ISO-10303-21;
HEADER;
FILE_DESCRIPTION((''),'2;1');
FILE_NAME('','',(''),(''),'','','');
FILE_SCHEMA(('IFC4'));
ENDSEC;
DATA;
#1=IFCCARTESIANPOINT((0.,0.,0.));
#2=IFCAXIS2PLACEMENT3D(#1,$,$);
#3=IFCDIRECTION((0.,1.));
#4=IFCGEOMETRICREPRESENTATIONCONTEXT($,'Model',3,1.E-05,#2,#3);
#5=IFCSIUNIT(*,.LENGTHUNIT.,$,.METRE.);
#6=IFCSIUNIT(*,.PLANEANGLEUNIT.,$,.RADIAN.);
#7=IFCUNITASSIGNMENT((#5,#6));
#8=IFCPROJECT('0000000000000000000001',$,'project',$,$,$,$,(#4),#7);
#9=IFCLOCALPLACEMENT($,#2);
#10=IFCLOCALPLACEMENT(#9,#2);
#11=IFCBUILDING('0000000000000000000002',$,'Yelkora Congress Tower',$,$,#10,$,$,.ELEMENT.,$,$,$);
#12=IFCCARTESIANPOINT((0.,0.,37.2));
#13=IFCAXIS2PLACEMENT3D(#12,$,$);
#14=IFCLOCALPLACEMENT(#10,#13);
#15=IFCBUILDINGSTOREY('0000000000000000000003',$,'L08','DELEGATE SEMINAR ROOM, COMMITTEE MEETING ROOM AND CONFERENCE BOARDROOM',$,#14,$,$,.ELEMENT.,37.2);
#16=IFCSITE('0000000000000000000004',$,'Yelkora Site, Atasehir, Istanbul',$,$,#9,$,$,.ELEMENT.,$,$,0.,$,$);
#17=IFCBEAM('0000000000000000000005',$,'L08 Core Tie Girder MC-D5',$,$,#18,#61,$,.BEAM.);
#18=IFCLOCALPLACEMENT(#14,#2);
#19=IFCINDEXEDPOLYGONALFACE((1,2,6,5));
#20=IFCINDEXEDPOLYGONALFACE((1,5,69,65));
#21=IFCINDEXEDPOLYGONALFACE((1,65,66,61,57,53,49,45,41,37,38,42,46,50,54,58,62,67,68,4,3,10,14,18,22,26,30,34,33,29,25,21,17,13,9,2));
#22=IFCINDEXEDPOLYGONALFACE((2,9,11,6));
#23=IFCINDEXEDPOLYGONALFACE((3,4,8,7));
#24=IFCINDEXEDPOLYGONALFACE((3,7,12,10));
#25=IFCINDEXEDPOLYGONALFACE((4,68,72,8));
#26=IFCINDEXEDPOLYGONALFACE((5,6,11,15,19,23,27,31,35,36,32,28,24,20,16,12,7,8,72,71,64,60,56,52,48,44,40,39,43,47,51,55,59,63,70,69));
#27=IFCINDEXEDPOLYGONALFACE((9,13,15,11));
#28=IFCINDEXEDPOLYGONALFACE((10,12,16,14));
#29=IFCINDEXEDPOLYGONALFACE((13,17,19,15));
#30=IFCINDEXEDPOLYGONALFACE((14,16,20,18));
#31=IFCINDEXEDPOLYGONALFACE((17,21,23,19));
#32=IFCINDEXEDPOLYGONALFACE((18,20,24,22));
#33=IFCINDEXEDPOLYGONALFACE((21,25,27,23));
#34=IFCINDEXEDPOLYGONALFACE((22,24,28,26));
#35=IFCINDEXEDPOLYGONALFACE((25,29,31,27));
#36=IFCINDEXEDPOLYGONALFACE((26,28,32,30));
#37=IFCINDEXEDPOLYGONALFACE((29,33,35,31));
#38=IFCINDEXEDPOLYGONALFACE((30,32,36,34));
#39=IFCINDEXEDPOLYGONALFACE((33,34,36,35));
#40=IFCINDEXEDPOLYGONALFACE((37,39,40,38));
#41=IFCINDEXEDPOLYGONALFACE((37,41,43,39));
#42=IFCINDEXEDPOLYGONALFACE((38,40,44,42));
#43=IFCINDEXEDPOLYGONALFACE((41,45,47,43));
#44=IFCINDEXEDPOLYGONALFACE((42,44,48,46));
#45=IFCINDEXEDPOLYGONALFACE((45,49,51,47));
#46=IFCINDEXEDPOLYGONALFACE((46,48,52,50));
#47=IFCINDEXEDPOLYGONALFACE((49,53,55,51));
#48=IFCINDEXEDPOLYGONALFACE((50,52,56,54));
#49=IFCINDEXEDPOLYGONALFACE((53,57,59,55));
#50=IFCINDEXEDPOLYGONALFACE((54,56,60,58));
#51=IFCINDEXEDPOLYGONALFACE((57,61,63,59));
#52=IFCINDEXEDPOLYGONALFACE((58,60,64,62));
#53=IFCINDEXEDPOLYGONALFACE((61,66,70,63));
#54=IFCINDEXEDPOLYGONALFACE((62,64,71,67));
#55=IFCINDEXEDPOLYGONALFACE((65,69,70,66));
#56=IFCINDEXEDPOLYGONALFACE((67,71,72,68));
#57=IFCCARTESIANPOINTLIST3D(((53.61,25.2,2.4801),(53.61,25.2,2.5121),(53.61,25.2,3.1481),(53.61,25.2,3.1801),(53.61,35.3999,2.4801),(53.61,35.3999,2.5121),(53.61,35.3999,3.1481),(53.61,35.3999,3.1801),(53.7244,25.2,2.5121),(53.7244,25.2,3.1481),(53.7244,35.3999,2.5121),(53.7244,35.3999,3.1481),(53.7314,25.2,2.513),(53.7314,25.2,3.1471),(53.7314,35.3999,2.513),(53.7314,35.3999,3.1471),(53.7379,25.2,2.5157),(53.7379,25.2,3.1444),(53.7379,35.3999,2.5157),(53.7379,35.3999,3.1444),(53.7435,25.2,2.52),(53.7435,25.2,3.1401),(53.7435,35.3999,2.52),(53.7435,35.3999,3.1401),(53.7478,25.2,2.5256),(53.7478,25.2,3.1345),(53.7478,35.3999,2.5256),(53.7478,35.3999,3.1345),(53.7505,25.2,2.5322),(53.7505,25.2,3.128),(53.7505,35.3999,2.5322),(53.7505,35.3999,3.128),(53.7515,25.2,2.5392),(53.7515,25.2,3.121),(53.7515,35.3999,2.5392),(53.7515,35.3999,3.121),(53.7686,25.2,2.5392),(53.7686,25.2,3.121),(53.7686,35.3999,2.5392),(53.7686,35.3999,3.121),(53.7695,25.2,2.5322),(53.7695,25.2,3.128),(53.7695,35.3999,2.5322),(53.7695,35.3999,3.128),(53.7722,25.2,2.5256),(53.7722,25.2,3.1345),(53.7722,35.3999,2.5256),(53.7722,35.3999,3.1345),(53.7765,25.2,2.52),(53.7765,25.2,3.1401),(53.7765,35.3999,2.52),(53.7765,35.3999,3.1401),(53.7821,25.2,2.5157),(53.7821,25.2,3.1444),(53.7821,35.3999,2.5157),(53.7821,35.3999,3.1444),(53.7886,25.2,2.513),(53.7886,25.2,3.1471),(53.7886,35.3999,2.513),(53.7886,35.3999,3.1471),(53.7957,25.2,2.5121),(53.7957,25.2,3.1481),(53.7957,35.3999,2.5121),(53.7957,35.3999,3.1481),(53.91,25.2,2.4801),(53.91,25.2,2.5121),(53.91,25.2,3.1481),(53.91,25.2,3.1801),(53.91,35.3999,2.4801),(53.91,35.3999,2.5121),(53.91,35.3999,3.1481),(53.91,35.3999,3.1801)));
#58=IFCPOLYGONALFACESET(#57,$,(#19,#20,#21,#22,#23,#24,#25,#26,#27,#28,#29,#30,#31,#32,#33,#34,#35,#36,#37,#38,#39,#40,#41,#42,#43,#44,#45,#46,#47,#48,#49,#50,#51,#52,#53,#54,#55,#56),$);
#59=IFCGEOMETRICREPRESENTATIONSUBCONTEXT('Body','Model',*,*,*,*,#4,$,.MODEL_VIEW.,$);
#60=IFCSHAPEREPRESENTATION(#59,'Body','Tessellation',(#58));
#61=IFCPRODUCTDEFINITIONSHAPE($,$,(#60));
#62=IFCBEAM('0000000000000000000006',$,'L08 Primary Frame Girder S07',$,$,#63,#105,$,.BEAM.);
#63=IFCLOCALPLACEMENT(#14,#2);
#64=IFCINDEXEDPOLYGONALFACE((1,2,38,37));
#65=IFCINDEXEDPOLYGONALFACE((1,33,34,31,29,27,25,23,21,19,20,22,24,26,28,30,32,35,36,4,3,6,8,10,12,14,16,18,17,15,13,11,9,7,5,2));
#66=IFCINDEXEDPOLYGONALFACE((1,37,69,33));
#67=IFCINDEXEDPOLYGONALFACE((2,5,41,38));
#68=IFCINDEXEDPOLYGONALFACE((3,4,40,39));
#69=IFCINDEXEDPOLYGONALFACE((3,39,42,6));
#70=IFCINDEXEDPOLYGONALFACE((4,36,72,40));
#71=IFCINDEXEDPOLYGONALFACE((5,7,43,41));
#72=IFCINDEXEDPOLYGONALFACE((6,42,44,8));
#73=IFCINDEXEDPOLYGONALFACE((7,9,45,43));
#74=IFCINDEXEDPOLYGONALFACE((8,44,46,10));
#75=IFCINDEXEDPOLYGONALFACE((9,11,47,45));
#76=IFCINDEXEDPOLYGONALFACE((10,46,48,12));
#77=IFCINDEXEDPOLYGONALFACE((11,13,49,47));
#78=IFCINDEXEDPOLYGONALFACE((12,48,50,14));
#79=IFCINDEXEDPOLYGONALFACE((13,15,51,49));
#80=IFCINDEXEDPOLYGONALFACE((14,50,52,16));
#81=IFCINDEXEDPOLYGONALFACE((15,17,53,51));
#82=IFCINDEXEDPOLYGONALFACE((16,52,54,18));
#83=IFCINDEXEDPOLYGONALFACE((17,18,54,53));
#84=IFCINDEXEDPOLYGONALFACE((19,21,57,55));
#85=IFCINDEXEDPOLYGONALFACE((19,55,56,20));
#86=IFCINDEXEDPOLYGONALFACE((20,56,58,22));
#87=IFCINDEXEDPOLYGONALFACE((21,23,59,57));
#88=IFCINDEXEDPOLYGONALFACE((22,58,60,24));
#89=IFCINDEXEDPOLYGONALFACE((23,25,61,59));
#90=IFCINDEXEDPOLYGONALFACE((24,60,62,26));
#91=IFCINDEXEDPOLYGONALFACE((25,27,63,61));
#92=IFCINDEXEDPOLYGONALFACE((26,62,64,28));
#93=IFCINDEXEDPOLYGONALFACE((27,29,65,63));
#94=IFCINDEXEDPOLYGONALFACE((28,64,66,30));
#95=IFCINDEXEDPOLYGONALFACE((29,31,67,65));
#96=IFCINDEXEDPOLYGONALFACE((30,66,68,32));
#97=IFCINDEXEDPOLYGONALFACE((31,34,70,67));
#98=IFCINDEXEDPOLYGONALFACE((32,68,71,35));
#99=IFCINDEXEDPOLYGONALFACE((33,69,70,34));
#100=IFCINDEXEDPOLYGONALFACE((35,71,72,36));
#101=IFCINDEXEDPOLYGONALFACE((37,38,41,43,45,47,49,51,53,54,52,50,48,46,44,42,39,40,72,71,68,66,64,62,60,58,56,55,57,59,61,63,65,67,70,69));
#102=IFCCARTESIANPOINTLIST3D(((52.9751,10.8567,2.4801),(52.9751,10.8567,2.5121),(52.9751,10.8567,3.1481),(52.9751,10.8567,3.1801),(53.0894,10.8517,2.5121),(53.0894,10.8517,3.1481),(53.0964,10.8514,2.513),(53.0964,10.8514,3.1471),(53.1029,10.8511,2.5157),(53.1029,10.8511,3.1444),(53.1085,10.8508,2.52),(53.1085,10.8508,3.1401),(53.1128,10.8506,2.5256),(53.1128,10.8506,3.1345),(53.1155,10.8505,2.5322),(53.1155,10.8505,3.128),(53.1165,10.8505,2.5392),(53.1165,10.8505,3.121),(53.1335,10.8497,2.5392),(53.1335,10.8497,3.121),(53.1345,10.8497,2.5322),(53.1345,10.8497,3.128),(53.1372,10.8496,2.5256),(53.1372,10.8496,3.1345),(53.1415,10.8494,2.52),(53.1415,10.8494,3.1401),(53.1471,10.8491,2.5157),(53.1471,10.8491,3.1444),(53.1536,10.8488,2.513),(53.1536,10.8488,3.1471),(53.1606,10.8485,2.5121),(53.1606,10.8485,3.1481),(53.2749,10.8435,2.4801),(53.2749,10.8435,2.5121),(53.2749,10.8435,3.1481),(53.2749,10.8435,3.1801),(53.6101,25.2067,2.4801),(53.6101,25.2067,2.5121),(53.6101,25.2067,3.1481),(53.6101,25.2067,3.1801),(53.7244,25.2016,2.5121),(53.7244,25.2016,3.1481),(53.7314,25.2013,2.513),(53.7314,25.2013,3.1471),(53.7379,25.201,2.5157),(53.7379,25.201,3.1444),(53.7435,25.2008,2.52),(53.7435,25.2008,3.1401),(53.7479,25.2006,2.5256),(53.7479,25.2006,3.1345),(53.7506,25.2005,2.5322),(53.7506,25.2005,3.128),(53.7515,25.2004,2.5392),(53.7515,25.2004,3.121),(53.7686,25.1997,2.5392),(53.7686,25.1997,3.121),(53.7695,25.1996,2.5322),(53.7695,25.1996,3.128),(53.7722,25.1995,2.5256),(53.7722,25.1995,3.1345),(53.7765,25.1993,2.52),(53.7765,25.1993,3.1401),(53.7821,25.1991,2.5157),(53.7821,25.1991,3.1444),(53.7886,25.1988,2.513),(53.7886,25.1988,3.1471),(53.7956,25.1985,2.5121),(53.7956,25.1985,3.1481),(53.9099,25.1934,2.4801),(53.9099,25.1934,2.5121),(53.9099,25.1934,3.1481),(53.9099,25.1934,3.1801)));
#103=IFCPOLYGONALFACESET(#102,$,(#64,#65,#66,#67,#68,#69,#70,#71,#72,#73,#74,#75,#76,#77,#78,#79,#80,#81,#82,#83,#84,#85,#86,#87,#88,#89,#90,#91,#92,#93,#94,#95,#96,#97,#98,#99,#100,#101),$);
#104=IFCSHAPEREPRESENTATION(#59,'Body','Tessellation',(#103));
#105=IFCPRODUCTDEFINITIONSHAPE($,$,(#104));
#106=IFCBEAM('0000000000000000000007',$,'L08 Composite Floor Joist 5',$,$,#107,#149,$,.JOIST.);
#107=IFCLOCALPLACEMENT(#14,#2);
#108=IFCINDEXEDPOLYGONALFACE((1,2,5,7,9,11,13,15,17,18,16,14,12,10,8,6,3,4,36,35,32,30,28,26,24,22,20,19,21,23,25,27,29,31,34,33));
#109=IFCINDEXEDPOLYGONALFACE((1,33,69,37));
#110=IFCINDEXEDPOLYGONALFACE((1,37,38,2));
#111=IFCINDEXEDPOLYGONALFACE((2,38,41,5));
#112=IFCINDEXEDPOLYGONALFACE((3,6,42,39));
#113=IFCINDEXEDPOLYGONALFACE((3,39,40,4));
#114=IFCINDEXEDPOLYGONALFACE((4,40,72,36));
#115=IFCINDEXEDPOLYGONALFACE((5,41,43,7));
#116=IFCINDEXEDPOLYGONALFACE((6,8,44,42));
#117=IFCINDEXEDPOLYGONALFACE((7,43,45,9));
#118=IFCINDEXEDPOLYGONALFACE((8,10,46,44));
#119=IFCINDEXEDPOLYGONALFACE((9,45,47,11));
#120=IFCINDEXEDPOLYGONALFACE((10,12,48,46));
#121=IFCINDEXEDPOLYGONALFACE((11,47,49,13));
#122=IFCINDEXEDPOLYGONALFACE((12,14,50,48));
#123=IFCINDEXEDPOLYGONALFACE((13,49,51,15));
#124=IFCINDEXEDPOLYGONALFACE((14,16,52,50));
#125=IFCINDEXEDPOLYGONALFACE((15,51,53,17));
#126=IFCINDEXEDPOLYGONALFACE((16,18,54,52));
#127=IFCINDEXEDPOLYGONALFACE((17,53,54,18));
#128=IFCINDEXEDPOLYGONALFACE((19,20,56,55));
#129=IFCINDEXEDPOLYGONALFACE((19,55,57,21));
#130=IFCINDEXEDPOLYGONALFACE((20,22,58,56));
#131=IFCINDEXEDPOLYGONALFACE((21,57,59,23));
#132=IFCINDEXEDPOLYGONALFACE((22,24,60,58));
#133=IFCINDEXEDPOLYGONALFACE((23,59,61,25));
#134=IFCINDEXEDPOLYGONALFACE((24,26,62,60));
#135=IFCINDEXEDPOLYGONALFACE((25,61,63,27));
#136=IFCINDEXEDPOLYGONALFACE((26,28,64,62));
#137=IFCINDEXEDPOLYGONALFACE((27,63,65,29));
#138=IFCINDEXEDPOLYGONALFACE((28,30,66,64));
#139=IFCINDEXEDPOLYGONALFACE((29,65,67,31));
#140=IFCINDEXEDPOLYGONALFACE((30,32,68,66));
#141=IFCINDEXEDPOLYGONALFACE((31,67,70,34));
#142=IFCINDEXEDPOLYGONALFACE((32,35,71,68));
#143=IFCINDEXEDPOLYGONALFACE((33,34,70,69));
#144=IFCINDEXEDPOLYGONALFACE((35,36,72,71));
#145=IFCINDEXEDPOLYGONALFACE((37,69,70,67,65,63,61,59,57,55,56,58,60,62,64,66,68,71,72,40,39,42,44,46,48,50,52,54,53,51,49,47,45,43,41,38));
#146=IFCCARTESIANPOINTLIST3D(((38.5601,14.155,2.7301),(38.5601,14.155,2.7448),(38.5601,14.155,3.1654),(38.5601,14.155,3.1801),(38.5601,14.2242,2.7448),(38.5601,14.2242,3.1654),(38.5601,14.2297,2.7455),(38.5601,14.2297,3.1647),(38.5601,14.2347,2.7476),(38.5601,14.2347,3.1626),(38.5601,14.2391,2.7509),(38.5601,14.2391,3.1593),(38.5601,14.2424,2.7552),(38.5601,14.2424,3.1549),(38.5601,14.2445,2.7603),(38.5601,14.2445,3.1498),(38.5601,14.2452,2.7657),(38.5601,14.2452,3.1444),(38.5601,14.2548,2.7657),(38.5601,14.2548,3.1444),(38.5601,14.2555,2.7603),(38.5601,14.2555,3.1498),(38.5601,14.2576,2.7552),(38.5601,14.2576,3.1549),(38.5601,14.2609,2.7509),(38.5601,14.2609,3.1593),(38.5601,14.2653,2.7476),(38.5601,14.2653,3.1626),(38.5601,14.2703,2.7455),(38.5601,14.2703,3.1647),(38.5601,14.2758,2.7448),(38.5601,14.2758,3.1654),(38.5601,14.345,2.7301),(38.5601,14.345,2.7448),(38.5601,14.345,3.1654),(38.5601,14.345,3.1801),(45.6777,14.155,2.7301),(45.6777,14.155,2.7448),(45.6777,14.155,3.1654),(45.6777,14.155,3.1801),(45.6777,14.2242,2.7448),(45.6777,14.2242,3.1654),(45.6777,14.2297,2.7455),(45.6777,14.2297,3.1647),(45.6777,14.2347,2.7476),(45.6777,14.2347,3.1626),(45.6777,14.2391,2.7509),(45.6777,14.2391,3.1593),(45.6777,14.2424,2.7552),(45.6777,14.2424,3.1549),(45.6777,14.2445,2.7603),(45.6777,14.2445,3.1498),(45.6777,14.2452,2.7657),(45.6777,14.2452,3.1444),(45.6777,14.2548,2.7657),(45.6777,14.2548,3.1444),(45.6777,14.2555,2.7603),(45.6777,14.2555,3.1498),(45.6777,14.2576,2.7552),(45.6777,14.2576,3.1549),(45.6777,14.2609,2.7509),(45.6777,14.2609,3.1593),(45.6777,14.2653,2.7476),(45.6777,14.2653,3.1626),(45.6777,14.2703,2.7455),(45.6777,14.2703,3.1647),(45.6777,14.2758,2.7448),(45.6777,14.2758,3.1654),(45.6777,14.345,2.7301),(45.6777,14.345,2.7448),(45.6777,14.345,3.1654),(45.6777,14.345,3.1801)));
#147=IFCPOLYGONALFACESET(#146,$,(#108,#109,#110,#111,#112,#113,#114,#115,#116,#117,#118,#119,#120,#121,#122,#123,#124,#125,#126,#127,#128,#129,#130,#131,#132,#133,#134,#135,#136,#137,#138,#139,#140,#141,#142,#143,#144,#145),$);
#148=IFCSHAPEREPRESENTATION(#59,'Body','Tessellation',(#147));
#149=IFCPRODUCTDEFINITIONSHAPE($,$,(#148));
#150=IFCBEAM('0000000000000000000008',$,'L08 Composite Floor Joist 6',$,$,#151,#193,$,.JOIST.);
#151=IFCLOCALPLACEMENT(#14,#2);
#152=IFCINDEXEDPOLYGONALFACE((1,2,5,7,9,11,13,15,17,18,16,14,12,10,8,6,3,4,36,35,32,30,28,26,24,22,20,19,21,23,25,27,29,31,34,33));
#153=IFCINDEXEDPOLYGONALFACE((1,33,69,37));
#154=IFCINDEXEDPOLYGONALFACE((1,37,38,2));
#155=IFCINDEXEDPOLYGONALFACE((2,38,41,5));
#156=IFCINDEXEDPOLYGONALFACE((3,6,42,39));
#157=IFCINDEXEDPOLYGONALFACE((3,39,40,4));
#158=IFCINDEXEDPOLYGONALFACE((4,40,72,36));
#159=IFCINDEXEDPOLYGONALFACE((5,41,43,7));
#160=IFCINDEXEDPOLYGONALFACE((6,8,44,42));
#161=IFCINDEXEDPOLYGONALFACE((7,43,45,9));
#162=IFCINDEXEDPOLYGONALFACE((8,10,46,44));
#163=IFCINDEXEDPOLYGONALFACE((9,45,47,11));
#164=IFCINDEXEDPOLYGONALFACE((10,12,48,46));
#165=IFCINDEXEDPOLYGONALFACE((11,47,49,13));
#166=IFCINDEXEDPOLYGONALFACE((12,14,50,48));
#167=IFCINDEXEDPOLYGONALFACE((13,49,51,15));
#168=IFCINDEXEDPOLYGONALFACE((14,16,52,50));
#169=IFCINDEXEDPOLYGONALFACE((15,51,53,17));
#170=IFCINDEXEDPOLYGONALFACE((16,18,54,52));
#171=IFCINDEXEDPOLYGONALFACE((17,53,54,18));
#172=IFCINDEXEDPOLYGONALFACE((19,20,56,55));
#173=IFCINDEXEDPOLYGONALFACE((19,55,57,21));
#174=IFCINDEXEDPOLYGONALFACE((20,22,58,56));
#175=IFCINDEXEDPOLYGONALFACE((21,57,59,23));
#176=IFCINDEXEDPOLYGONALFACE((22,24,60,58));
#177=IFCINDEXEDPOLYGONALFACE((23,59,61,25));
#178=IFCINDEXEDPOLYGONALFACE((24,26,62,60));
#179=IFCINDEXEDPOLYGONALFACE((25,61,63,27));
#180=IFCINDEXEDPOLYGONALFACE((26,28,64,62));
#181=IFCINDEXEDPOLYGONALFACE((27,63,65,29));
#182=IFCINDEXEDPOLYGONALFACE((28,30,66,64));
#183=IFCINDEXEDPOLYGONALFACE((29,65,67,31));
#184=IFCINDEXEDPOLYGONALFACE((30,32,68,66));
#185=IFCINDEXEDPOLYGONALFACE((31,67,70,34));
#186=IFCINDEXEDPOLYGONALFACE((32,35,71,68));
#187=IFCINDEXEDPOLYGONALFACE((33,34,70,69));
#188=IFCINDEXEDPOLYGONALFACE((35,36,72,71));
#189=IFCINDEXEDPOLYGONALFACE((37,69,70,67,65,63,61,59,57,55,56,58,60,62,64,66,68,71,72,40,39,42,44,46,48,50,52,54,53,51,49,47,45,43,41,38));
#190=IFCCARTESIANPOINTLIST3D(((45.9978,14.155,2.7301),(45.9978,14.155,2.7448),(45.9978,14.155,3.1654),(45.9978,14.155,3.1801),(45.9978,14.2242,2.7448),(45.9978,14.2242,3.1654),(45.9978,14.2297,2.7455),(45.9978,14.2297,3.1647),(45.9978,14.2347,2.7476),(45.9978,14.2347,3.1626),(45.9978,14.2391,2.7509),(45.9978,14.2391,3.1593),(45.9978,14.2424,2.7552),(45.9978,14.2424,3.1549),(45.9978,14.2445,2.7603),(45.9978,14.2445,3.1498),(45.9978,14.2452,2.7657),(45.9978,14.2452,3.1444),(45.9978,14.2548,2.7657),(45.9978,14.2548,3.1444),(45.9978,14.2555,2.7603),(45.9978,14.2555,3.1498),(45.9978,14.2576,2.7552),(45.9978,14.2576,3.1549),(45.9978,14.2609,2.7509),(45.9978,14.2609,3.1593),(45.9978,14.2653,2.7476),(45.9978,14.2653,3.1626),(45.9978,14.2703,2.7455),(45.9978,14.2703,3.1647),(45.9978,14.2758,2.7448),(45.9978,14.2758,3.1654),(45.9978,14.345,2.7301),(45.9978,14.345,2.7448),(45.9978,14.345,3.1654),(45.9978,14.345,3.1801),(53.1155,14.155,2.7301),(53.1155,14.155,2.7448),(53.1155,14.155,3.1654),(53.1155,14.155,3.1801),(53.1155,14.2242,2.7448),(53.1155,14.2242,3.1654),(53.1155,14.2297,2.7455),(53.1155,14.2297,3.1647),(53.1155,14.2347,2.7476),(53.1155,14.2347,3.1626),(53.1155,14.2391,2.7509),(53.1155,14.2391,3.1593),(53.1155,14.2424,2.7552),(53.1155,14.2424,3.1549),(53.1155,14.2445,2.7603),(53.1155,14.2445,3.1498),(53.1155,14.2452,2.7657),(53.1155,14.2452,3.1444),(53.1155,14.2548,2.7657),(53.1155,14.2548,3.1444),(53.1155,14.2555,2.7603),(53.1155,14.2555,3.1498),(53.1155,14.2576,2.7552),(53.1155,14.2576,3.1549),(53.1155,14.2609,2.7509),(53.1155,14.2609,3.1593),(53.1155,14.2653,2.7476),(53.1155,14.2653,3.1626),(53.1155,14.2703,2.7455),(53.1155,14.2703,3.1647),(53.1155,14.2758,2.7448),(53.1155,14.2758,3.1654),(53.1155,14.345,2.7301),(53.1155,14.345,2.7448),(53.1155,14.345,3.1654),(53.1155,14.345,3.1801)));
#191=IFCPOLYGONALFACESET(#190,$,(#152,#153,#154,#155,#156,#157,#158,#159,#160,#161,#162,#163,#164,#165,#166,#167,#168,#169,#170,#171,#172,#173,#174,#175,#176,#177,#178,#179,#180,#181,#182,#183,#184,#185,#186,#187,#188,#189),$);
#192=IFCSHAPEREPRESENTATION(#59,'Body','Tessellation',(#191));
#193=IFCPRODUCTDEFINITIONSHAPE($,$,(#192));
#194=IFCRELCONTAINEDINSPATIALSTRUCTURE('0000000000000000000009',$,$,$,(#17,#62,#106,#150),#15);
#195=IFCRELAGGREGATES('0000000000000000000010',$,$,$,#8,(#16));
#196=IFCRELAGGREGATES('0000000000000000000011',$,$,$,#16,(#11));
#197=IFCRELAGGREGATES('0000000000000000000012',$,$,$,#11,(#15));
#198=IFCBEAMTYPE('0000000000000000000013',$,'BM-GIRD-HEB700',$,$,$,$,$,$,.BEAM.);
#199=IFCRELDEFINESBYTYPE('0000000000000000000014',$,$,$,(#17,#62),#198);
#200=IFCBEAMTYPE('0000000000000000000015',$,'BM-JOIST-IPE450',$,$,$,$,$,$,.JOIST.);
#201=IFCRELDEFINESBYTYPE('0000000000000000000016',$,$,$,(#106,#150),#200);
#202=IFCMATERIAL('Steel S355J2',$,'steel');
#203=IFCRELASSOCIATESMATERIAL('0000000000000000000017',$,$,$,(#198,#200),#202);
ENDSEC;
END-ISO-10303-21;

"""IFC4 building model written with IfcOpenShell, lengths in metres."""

from ifc_helpers import new_model, si_unit, direction, frame, origin, origin_2d, place, context, subcontext, project, spatial, i_section, extrude, material, material_profile, profile_set, type_object, element, save


model = new_model("IFC4")

# Units and contexts
model_context = context("Model", 3, precision=1e-05, world=origin(), true_north=direction((0.0, 1.0)))
body_context = subcontext(model_context, "Body", "Model", "MODEL_VIEW")
ifc_project = project(units=[si_unit("LENGTHUNIT", "METRE"), si_unit("PLANEANGLEUNIT", "RADIAN")], contexts=[model_context])

# Site, building, storey
site_placement = place(None, origin())
site = spatial("IfcSite", under=ifc_project, at=site_placement, Name="Yelkora Site, Atasehir, Istanbul", CompositionType="ELEMENT", RefElevation=0.0)
building_placement = place(site_placement, origin())
building = spatial("IfcBuilding", under=site, at=building_placement, Name="Yelkora Congress Tower", CompositionType="ELEMENT")
storey_placement = place(building_placement, frame((0.0, 0.0, 37.2)))
storey = spatial("IfcBuildingStorey", under=building, at=storey_placement, Name="L08", Description="DELEGATE SEMINAR ROOM, COMMITTEE MEETING ROOM AND CONFERENCE BOARDROOM", CompositionType="ELEMENT", Elevation=37.2)

# Beams
ifc_material_1 = material(Name="Steel S355J2", Category="steel")
ifc_material_profile_1 = material_profile(ifc_material_1, i_section(OverallWidth=0.3, OverallDepth=0.7, WebThickness=0.0171, FlangeThickness=0.032, FilletRadius=0.0271, at=origin_2d()), Name="HEB 700")
ifc_profile_set_1 = profile_set([ifc_material_profile_1], Name="Steel S355J2")
beam_type_1 = type_object("IfcBeamType", Name="BM-GIRD-HEB700", PredefinedType="BEAM", material=ifc_profile_set_1)
for number, where, z_axis, x_axis, name in (
    (1, (53.76, 25.2, 2.8301), (0.0, 1.0, 0.0), (-1.0, 0.0, 0.0), "L08 Core Tie Girder MC-D5"),
):
    element("IfcBeam", number, at=place(storey_placement, frame(where, z_axis=z_axis, x_axis=x_axis)), inside=storey, type_object=beam_type_1, Name=name, PredefinedType="BEAM", context=body_context, shape_type="SweptSolid", body=[
        extrude(i_section(OverallWidth=0.3, OverallDepth=0.7, WebThickness=0.0171, FlangeThickness=0.032, FilletRadius=0.0271, at=origin_2d()), origin(), (0.0, 0.0, 1.0), 10.2),
    ])
beam_1_placement = place(storey_placement, frame((53.125, 10.8501, 2.8301), z_axis=(0.044209, 0.999022, 0.0), x_axis=(-0.999022, 0.044209, 0.0)))
element("IfcBeam", 2, at=beam_1_placement, inside=storey, type_object=beam_type_1, Name="L08 Primary Frame Girder S07", PredefinedType="BEAM", context=body_context, shape_type="SweptSolid", body=[
    extrude(i_section(OverallWidth=0.3, OverallDepth=0.7, WebThickness=0.0171, FlangeThickness=0.032, FilletRadius=0.0271, at=origin_2d()), origin(), (0.0, 0.0, 1.0), 14.364),
])
ifc_material_profile_2 = material_profile(ifc_material_1, i_section(OverallWidth=0.1899, OverallDepth=0.45, WebThickness=0.0095, FlangeThickness=0.0146, FilletRadius=0.021, at=origin_2d()), Name="IPE 450")
ifc_profile_set_2 = profile_set([ifc_material_profile_2], Name="Steel S355J2")
beam_type_2 = type_object("IfcBeamType", Name="BM-JOIST-IPE450", PredefinedType="JOIST", material=ifc_profile_set_2)
for number, where, z_axis, x_axis, name in (
    (3, (38.5601, 14.25, 2.9551), (1.0, 0.0, 0.0), (0.0, 1.0, 0.0), "L08 Composite Floor Joist 5"),
    (4, (45.9978, 14.25, 2.9551), (1.0, 0.0, 0.0), (0.0, 1.0, 0.0), "L08 Composite Floor Joist 6"),
):
    element("IfcBeam", number, at=place(storey_placement, frame(where, z_axis=z_axis, x_axis=x_axis)), inside=storey, type_object=beam_type_2, Name=name, PredefinedType="JOIST", context=body_context, shape_type="SweptSolid", body=[
        extrude(i_section(OverallWidth=0.1899, OverallDepth=0.45, WebThickness=0.0095, FlangeThickness=0.0146, FilletRadius=0.021, at=origin_2d()), origin(), (0.0, 0.0, 1.0), 7.1177),
    ])

save(model, "model.ifc")
